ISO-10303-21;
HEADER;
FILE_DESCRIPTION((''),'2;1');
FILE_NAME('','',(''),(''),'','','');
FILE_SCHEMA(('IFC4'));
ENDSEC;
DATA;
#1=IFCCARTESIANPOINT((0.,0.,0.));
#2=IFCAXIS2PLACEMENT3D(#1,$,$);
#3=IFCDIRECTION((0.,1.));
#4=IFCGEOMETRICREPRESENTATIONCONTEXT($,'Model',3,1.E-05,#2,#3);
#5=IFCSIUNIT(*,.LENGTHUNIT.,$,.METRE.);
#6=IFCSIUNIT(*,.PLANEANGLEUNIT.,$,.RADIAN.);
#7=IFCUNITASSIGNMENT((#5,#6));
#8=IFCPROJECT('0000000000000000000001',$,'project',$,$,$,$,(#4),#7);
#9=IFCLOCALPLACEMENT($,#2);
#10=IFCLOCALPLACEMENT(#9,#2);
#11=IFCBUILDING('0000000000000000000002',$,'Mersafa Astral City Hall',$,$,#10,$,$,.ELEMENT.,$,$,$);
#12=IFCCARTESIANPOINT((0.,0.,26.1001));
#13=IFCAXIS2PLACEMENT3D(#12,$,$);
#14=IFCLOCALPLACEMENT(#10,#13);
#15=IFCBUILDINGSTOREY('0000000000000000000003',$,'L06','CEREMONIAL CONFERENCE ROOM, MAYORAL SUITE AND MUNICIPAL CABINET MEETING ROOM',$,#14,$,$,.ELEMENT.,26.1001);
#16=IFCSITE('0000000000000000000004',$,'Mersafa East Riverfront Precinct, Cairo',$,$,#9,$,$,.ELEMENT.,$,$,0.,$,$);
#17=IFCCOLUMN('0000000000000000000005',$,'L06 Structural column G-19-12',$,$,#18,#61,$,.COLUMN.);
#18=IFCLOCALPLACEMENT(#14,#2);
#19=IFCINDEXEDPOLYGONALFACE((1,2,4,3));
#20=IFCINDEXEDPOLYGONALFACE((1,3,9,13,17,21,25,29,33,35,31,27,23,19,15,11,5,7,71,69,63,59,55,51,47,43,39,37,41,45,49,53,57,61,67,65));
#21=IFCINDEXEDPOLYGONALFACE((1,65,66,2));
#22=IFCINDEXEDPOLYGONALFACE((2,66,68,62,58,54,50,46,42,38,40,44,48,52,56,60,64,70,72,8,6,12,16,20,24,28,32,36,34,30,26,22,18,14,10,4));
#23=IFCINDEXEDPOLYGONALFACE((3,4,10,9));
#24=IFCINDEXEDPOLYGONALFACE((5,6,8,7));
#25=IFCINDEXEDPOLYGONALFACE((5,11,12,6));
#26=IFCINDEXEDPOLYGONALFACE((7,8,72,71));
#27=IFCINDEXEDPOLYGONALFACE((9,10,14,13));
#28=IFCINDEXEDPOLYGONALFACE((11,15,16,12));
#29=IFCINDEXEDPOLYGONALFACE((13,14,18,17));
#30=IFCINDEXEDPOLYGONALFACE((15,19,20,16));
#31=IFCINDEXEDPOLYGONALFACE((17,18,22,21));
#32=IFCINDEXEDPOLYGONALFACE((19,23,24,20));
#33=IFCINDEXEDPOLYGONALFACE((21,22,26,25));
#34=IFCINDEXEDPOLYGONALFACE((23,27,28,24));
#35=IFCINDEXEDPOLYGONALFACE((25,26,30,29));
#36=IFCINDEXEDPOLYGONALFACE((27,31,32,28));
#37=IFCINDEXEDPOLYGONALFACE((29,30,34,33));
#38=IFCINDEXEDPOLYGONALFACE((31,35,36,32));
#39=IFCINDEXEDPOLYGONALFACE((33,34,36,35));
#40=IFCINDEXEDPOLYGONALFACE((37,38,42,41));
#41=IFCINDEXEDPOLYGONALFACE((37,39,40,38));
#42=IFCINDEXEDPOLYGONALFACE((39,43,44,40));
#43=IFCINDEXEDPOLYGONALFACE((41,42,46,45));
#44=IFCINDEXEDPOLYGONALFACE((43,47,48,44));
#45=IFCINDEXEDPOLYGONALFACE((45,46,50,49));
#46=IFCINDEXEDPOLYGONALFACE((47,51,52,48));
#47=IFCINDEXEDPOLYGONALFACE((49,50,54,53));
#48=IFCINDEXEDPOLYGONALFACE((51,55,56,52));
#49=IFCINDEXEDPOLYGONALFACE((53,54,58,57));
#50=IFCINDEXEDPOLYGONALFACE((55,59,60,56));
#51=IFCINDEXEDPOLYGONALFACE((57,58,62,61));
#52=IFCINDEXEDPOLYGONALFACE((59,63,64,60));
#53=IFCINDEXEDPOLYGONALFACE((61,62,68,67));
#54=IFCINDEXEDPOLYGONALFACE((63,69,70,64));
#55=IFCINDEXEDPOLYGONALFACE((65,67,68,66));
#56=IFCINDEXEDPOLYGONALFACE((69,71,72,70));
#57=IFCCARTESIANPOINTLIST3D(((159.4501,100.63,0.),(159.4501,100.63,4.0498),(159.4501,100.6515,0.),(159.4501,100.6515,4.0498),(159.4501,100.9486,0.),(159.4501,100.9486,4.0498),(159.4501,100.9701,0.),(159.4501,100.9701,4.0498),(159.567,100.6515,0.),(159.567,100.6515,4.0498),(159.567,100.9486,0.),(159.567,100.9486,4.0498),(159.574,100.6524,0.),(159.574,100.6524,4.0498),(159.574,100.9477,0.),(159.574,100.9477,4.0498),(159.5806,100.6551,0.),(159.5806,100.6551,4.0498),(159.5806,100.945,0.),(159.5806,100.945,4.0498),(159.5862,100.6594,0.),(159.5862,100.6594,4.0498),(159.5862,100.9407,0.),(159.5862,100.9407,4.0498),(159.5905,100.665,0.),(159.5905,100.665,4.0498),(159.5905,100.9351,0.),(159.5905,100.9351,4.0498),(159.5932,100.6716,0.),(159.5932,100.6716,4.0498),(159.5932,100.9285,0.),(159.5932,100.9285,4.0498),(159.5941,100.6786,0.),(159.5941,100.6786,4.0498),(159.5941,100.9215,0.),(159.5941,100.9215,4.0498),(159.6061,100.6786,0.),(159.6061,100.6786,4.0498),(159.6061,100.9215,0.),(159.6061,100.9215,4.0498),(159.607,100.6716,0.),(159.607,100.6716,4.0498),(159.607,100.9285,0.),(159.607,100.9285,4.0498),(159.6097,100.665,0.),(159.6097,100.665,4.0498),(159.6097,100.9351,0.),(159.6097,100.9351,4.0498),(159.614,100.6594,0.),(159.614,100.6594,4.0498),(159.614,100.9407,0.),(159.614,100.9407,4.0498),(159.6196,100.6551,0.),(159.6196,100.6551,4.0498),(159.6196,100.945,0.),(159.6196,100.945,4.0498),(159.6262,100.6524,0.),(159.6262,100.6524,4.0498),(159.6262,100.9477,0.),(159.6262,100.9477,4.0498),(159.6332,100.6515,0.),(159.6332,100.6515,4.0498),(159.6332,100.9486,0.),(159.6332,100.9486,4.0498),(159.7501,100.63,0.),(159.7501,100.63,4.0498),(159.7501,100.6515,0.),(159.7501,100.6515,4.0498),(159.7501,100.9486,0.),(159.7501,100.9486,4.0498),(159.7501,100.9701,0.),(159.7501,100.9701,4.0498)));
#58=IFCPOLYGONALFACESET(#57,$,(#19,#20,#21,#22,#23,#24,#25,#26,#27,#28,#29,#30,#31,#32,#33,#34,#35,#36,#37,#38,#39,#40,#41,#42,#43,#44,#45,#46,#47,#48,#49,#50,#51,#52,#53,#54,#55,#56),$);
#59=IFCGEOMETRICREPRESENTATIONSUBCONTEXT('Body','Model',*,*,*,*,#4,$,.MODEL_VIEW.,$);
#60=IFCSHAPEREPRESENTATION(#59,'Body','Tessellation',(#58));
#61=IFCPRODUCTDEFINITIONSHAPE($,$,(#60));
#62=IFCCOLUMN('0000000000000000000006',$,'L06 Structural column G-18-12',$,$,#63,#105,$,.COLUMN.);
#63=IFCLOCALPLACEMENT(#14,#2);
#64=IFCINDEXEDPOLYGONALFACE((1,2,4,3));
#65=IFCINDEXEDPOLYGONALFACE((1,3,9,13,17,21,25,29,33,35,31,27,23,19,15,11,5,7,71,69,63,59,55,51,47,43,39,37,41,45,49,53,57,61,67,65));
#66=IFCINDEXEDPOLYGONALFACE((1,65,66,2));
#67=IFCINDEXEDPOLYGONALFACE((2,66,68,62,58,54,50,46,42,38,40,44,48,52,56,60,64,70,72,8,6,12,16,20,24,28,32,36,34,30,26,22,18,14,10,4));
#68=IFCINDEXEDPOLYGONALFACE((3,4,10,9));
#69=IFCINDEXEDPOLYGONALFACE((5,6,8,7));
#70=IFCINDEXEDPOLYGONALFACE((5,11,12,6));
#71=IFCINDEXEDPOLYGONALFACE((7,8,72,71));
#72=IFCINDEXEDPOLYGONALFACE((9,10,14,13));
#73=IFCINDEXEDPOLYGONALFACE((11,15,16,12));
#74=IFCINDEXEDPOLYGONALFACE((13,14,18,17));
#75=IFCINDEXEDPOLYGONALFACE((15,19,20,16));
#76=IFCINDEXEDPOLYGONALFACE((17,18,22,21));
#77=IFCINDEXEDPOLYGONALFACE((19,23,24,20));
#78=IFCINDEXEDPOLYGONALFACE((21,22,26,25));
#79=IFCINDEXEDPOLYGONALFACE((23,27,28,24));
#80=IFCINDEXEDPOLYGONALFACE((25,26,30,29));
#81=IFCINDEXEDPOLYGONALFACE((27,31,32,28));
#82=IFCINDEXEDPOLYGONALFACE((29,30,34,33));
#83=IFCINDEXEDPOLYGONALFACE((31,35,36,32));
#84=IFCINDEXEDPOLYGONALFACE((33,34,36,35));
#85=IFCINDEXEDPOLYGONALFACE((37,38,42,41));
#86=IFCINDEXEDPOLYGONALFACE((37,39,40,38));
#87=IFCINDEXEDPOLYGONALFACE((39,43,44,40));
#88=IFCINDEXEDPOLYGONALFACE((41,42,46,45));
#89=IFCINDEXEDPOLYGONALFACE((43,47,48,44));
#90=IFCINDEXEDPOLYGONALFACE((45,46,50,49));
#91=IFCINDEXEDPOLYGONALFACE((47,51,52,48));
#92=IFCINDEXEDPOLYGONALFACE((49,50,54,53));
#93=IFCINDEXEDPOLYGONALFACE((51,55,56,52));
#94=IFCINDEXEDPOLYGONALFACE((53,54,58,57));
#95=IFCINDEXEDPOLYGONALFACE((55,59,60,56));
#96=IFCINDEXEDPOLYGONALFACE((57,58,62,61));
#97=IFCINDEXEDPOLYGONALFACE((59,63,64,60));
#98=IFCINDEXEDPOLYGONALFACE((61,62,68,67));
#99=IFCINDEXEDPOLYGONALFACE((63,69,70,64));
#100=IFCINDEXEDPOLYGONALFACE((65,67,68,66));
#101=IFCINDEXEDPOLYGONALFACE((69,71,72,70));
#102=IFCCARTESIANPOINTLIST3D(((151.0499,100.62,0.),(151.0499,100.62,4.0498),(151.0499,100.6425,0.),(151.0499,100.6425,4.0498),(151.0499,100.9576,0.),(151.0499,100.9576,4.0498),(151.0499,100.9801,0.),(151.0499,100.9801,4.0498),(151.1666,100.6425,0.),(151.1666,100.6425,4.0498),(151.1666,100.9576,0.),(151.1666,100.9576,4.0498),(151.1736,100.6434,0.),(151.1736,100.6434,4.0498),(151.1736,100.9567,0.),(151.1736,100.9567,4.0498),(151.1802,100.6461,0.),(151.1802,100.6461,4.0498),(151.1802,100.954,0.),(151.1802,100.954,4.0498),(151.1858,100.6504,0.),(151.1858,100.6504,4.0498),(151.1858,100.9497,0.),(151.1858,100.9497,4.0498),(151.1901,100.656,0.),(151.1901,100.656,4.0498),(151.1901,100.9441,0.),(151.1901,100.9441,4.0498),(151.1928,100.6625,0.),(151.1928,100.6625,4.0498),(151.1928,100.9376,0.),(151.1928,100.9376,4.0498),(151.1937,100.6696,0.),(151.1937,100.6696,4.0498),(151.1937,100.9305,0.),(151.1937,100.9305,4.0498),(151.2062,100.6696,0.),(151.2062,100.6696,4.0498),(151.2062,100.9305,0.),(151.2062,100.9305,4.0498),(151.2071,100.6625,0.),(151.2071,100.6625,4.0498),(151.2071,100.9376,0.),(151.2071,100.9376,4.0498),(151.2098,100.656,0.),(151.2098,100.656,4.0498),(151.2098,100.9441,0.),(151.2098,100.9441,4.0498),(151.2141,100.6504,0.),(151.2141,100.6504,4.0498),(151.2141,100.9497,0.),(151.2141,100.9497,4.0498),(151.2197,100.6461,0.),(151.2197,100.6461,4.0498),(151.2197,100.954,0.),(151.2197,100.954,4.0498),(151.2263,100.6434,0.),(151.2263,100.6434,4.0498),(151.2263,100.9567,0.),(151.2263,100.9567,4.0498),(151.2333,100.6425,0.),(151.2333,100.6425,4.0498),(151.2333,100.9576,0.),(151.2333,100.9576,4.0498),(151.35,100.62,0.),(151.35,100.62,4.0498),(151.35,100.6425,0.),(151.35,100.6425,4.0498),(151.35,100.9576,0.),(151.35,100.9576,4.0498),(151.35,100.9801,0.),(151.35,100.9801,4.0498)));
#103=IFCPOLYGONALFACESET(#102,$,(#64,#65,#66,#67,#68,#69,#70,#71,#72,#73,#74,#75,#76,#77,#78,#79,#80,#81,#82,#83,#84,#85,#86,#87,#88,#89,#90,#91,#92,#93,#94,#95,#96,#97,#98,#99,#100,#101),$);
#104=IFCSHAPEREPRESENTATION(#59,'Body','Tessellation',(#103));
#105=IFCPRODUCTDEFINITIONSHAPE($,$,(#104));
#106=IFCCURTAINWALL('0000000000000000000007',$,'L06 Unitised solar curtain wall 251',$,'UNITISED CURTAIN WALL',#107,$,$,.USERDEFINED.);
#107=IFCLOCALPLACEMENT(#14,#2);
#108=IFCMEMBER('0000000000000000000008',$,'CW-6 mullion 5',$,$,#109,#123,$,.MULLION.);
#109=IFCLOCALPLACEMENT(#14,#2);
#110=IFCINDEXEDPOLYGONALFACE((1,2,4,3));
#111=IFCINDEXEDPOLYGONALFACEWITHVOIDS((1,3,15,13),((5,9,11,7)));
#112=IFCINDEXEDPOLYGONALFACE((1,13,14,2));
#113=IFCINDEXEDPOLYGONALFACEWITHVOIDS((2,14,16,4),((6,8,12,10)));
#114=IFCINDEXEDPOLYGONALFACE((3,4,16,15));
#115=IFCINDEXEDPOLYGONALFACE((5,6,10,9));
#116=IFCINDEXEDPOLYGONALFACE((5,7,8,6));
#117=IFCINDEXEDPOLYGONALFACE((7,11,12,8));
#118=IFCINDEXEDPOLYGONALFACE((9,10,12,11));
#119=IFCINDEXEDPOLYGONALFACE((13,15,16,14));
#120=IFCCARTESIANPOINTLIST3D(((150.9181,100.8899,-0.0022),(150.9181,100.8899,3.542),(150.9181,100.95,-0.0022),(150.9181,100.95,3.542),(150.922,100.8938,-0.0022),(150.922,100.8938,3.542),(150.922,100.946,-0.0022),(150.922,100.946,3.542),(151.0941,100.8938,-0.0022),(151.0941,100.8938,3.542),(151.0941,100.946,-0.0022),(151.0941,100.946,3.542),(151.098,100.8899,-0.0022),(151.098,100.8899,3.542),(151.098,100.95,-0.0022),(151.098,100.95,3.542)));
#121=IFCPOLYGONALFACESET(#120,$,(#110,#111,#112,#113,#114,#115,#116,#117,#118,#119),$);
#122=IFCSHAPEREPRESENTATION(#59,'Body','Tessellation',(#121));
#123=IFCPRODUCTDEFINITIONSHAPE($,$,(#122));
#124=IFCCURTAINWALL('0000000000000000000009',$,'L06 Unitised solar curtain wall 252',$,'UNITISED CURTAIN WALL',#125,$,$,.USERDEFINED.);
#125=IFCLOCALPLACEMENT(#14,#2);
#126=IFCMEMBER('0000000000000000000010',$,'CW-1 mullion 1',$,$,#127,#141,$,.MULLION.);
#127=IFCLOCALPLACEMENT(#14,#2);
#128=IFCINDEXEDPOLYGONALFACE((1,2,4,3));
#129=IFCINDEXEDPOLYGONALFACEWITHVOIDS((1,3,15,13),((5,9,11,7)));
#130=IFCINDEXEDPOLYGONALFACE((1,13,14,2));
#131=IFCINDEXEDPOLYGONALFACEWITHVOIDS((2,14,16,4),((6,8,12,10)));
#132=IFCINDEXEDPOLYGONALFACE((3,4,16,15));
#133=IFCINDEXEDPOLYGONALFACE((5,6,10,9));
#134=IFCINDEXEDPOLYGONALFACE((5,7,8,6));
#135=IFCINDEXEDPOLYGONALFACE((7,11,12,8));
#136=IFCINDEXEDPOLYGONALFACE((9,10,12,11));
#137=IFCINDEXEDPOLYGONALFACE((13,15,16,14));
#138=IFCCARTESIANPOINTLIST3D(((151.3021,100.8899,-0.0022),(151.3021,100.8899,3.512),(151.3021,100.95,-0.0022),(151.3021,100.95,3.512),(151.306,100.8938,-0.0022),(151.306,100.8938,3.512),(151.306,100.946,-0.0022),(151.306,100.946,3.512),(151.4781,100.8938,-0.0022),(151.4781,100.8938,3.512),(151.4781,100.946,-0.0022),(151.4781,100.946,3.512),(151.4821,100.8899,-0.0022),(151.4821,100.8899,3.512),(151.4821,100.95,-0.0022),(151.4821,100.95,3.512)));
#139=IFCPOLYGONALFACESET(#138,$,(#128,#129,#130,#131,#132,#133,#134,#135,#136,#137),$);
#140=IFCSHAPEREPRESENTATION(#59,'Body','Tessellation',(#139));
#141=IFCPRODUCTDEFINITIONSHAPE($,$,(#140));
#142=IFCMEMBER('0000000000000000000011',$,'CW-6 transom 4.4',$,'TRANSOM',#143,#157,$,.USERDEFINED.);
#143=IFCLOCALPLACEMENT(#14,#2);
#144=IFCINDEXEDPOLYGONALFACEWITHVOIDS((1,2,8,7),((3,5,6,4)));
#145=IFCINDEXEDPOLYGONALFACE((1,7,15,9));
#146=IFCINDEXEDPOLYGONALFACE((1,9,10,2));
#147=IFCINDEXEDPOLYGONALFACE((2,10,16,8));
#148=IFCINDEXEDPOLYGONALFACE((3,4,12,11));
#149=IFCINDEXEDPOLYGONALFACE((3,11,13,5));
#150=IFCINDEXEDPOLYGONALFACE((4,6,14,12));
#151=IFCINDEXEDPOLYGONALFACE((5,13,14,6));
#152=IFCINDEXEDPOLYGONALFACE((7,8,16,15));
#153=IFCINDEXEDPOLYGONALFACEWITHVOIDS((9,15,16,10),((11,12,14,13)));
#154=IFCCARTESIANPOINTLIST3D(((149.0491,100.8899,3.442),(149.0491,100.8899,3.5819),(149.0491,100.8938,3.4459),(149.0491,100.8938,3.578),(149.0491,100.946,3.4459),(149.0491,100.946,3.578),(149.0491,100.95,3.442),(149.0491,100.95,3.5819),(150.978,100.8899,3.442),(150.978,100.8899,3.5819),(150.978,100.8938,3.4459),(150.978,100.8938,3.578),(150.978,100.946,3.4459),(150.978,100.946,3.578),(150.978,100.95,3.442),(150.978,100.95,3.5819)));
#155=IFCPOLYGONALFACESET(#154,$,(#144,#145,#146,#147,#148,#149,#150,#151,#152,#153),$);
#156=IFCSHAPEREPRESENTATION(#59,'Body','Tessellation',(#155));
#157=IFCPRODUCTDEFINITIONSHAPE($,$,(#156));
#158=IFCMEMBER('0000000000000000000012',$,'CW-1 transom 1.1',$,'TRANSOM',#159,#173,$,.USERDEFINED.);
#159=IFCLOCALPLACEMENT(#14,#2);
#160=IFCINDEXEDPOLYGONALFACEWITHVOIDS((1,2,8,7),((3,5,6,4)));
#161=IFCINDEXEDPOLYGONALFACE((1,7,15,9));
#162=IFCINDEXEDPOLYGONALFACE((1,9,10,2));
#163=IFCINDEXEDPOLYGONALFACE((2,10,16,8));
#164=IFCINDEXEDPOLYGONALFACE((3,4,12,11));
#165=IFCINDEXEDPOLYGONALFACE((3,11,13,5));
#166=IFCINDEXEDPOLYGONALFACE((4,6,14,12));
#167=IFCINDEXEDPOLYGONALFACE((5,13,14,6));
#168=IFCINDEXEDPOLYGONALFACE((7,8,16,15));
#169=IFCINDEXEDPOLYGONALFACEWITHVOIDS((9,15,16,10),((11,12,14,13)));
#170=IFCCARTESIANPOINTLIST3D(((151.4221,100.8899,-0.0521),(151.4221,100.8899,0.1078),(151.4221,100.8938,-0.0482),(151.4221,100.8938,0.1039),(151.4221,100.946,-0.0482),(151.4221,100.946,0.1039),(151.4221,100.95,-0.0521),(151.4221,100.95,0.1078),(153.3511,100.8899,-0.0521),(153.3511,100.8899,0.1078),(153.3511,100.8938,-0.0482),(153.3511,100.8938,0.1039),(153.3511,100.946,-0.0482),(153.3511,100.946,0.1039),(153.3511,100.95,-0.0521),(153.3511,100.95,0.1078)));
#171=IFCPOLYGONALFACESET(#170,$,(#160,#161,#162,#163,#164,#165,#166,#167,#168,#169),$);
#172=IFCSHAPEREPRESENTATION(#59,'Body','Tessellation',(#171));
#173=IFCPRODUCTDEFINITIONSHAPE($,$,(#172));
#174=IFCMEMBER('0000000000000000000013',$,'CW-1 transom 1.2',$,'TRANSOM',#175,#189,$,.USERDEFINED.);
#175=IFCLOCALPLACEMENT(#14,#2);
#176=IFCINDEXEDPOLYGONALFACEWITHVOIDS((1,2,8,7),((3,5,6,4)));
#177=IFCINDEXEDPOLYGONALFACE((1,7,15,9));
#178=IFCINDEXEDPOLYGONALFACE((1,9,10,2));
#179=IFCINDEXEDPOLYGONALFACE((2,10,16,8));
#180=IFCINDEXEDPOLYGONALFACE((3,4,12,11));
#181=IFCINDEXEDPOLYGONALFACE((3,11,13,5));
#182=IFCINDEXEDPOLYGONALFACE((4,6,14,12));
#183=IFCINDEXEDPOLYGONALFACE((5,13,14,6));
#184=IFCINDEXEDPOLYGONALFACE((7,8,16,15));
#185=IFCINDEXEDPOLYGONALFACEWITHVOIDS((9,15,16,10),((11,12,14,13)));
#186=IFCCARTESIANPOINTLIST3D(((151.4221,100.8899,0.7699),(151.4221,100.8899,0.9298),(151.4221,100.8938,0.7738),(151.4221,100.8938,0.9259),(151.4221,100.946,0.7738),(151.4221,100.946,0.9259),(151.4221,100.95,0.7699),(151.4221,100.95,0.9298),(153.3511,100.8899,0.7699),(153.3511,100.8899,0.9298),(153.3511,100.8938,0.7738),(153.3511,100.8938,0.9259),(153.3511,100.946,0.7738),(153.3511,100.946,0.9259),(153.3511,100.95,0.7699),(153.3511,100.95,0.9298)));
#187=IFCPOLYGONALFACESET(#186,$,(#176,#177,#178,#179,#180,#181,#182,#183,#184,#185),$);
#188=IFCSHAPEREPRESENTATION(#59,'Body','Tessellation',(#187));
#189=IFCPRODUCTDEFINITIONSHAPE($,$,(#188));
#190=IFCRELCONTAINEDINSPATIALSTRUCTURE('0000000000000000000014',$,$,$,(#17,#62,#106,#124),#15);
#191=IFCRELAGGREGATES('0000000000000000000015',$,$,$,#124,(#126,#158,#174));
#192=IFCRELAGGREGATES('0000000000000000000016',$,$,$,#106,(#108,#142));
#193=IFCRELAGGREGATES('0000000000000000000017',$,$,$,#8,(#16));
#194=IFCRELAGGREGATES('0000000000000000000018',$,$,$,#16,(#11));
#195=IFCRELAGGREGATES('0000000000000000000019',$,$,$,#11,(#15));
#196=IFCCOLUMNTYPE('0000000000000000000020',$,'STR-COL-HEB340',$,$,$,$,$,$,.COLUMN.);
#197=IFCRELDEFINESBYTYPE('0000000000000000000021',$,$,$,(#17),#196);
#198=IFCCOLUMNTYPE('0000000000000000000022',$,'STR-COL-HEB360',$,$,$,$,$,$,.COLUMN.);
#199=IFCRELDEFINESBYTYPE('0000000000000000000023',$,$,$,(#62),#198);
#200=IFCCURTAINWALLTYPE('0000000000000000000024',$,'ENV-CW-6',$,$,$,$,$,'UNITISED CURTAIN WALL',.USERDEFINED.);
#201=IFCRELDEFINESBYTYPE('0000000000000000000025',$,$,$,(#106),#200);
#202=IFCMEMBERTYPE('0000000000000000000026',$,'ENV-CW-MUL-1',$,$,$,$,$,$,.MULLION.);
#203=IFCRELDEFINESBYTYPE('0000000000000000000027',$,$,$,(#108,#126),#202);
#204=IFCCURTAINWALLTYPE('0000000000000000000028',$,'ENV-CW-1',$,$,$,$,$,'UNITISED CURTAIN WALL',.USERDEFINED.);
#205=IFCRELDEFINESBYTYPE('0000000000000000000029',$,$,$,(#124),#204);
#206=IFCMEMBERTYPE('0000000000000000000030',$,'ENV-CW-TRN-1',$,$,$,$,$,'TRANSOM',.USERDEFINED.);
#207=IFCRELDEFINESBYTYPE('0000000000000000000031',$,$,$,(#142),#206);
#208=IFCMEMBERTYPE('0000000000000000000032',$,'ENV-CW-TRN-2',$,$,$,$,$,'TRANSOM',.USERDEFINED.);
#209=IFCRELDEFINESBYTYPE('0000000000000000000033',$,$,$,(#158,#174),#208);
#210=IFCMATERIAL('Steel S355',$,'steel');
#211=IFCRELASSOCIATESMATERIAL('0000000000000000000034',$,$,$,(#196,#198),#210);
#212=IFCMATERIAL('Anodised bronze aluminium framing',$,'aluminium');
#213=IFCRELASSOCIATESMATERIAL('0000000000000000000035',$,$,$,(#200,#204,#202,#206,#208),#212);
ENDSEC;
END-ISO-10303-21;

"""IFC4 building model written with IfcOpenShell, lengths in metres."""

from ifc_helpers import new_model, si_unit, direction, frame, origin, origin_2d, place, context, subcontext, project, spatial, hollow_rectangle, i_section, extrude, material, material_profile, profile_set, type_object, element, aggregate, save


model = new_model("IFC4")

# Units and contexts
model_context = context("Model", 3, precision=1e-05, world=origin(), true_north=direction((0.0, 1.0)))
body_context = subcontext(model_context, "Body", "Model", "MODEL_VIEW")
ifc_project = project(units=[si_unit("LENGTHUNIT", "METRE"), si_unit("PLANEANGLEUNIT", "RADIAN")], contexts=[model_context])

# Site, building, storey
site_placement = place(None, origin())
site = spatial("IfcSite", under=ifc_project, at=site_placement, Name="Mersafa East Riverfront Precinct, Cairo", CompositionType="ELEMENT", RefElevation=0.0)
building_placement = place(site_placement, origin())
building = spatial("IfcBuilding", under=site, at=building_placement, Name="Mersafa Astral City Hall", CompositionType="ELEMENT")
storey_placement = place(building_placement, frame((0.0, 0.0, 26.1001)))
storey = spatial("IfcBuildingStorey", under=building, at=storey_placement, Name="L06", Description="CEREMONIAL CONFERENCE ROOM, MAYORAL SUITE AND MUNICIPAL CABINET MEETING ROOM", CompositionType="ELEMENT", Elevation=26.1001)

# Columns
ifc_material_1 = material(Name="Steel S355", Category="steel")
ifc_material_profile_1 = material_profile(ifc_material_1, i_section(OverallWidth=0.3, OverallDepth=0.3401, WebThickness=0.012, FlangeThickness=0.0215, FilletRadius=0.0271, at=origin_2d()), Name="HEB 340")
ifc_profile_set_1 = profile_set([ifc_material_profile_1], Name="Steel S355")
column_type_1 = type_object("IfcColumnType", Name="STR-COL-HEB340", PredefinedType="COLUMN", material=ifc_profile_set_1)
column_1_placement = place(storey_placement, frame((159.6001, 100.8, 0.0), z_axis=(0.0, 0.0, 1.0), x_axis=(1.0, 0.0, 0.0)))
element("IfcColumn", 1, at=column_1_placement, inside=storey, type_object=column_type_1, Name="L06 Structural column G-19-12", PredefinedType="COLUMN", context=body_context, shape_type="SweptSolid", body=[
    extrude(i_section(OverallWidth=0.3, OverallDepth=0.3401, WebThickness=0.012, FlangeThickness=0.0215, FilletRadius=0.0271, at=origin_2d()), origin(), (0.0, 0.0, 1.0), 4.0498),
])
ifc_material_profile_2 = material_profile(ifc_material_1, i_section(OverallWidth=0.3, OverallDepth=0.3601, WebThickness=0.0125, FlangeThickness=0.0225, FilletRadius=0.0271, at=origin_2d()), Name="HEB 360")
ifc_profile_set_2 = profile_set([ifc_material_profile_2], Name="Steel S355")
column_type_2 = type_object("IfcColumnType", Name="STR-COL-HEB360", PredefinedType="COLUMN", material=ifc_profile_set_2)
column_2_placement = place(storey_placement, frame((151.2, 100.8, 0.0), z_axis=(0.0, 0.0, 1.0), x_axis=(1.0, 0.0, 0.0)))
element("IfcColumn", 2, at=column_2_placement, inside=storey, type_object=column_type_2, Name="L06 Structural column G-18-12", PredefinedType="COLUMN", context=body_context, shape_type="SweptSolid", body=[
    extrude(i_section(OverallWidth=0.3, OverallDepth=0.3601, WebThickness=0.0125, FlangeThickness=0.0225, FilletRadius=0.0271, at=origin_2d()), origin(), (0.0, 0.0, 1.0), 4.0498),
])

# Curtain walls, members
ifc_material_2 = material(Name="Anodised bronze aluminium framing", Category="aluminium")
curtain_wall_type_1 = type_object("IfcCurtainWallType", Name="ENV-CW-6", ElementType="UNITISED CURTAIN WALL", PredefinedType="USERDEFINED", material=ifc_material_2)
curtain_wall_1_placement = place(storey_placement, origin())
curtain_wall_1 = element("IfcCurtainWall", 3, at=curtain_wall_1_placement, inside=storey, type_object=curtain_wall_type_1, Name="L06 Unitised solar curtain wall 251", ObjectType="UNITISED CURTAIN WALL", PredefinedType="USERDEFINED")
ifc_material_profile_3 = material_profile(ifc_material_2, hollow_rectangle(XDim=0.0601, YDim=0.1799, WallThickness=0.0039, at=origin_2d()), Name="RHS 60x180x4")
ifc_profile_set_3 = profile_set([ifc_material_profile_3], Name="Anodised bronze aluminium framing")
member_type_1 = type_object("IfcMemberType", Name="ENV-CW-MUL-1", PredefinedType="MULLION", material=ifc_profile_set_3)
member_1_placement = place(storey_placement, frame((151.0081, 100.9199, -0.0022), z_axis=(0.0, 0.0, 1.0), x_axis=(0.0, 1.0, 0.0)))
member_1 = element("IfcMember", 4, at=member_1_placement, type_object=member_type_1, Name="CW-6 mullion 5", PredefinedType="MULLION", context=body_context, shape_type="SweptSolid", body=[
    extrude(hollow_rectangle(XDim=0.0601, YDim=0.1799, WallThickness=0.0039, at=origin_2d()), origin(), (0.0, 0.0, 1.0), 3.5442),
])
curtain_wall_type_2 = type_object("IfcCurtainWallType", Name="ENV-CW-1", ElementType="UNITISED CURTAIN WALL", PredefinedType="USERDEFINED", material=ifc_material_2)
curtain_wall_2_placement = place(storey_placement, origin())
curtain_wall_2 = element("IfcCurtainWall", 5, at=curtain_wall_2_placement, inside=storey, type_object=curtain_wall_type_2, Name="L06 Unitised solar curtain wall 252", ObjectType="UNITISED CURTAIN WALL", PredefinedType="USERDEFINED")
member_2_placement = place(storey_placement, frame((151.3921, 100.9199, -0.0022), z_axis=(0.0, 0.0, 1.0), x_axis=(0.0, 1.0, 0.0)))
member_2 = element("IfcMember", 6, at=member_2_placement, type_object=member_type_1, Name="CW-1 mullion 1", PredefinedType="MULLION", context=body_context, shape_type="SweptSolid", body=[
    extrude(hollow_rectangle(XDim=0.0601, YDim=0.1799, WallThickness=0.0039, at=origin_2d()), origin(), (0.0, 0.0, 1.0), 3.5142),
])

# Members
ifc_material_profile_4 = material_profile(ifc_material_2, hollow_rectangle(XDim=0.0601, YDim=0.1399, WallThickness=0.0039, at=origin_2d()), Name="RHS 60x140x4")
ifc_profile_set_4 = profile_set([ifc_material_profile_4], Name="Anodised bronze aluminium framing")
member_type_2 = type_object("IfcMemberType", Name="ENV-CW-TRN-1", ElementType="TRANSOM", PredefinedType="USERDEFINED", material=ifc_profile_set_4)
member_3_placement = place(storey_placement, frame((149.0491, 100.9199, 3.512), z_axis=(1.0, 0.0, 0.0), x_axis=(0.0, 1.0, 0.0)))
member_3 = element("IfcMember", 7, at=member_3_placement, type_object=member_type_2, Name="CW-6 transom 4.4", ObjectType="TRANSOM", PredefinedType="USERDEFINED", context=body_context, shape_type="SweptSolid", body=[
    extrude(hollow_rectangle(XDim=0.0601, YDim=0.1399, WallThickness=0.0039, at=origin_2d()), origin(), (0.0, 0.0, 1.0), 1.929),
])
ifc_material_profile_5 = material_profile(ifc_material_2, hollow_rectangle(XDim=0.0601, YDim=0.1599, WallThickness=0.0039, at=origin_2d()), Name="RHS 60x160x4")
ifc_profile_set_5 = profile_set([ifc_material_profile_5], Name="Anodised bronze aluminium framing")
member_type_3 = type_object("IfcMemberType", Name="ENV-CW-TRN-2", ElementType="TRANSOM", PredefinedType="USERDEFINED", material=ifc_profile_set_5)
member_4_placement = place(storey_placement, frame((151.4221, 100.9199, 0.0278), z_axis=(1.0, 0.0, 0.0), x_axis=(0.0, 1.0, 0.0)))
member_4 = element("IfcMember", 8, at=member_4_placement, type_object=member_type_3, Name="CW-1 transom 1.1", ObjectType="TRANSOM", PredefinedType="USERDEFINED", context=body_context, shape_type="SweptSolid", body=[
    extrude(hollow_rectangle(XDim=0.0601, YDim=0.1599, WallThickness=0.0039, at=origin_2d()), origin(), (0.0, 0.0, 1.0), 1.929),
])
member_5_placement = place(storey_placement, frame((151.4221, 100.9199, 0.8499), z_axis=(1.0, 0.0, 0.0), x_axis=(0.0, 1.0, 0.0)))
member_5 = element("IfcMember", 9, at=member_5_placement, type_object=member_type_3, Name="CW-1 transom 1.2", ObjectType="TRANSOM", PredefinedType="USERDEFINED", context=body_context, shape_type="SweptSolid", body=[
    extrude(hollow_rectangle(XDim=0.0601, YDim=0.1599, WallThickness=0.0039, at=origin_2d()), origin(), (0.0, 0.0, 1.0), 1.929),
])

aggregate(curtain_wall_2, [member_2, member_4, member_5])
aggregate(curtain_wall_1, [member_1, member_3])

save(model, "model.ifc")
